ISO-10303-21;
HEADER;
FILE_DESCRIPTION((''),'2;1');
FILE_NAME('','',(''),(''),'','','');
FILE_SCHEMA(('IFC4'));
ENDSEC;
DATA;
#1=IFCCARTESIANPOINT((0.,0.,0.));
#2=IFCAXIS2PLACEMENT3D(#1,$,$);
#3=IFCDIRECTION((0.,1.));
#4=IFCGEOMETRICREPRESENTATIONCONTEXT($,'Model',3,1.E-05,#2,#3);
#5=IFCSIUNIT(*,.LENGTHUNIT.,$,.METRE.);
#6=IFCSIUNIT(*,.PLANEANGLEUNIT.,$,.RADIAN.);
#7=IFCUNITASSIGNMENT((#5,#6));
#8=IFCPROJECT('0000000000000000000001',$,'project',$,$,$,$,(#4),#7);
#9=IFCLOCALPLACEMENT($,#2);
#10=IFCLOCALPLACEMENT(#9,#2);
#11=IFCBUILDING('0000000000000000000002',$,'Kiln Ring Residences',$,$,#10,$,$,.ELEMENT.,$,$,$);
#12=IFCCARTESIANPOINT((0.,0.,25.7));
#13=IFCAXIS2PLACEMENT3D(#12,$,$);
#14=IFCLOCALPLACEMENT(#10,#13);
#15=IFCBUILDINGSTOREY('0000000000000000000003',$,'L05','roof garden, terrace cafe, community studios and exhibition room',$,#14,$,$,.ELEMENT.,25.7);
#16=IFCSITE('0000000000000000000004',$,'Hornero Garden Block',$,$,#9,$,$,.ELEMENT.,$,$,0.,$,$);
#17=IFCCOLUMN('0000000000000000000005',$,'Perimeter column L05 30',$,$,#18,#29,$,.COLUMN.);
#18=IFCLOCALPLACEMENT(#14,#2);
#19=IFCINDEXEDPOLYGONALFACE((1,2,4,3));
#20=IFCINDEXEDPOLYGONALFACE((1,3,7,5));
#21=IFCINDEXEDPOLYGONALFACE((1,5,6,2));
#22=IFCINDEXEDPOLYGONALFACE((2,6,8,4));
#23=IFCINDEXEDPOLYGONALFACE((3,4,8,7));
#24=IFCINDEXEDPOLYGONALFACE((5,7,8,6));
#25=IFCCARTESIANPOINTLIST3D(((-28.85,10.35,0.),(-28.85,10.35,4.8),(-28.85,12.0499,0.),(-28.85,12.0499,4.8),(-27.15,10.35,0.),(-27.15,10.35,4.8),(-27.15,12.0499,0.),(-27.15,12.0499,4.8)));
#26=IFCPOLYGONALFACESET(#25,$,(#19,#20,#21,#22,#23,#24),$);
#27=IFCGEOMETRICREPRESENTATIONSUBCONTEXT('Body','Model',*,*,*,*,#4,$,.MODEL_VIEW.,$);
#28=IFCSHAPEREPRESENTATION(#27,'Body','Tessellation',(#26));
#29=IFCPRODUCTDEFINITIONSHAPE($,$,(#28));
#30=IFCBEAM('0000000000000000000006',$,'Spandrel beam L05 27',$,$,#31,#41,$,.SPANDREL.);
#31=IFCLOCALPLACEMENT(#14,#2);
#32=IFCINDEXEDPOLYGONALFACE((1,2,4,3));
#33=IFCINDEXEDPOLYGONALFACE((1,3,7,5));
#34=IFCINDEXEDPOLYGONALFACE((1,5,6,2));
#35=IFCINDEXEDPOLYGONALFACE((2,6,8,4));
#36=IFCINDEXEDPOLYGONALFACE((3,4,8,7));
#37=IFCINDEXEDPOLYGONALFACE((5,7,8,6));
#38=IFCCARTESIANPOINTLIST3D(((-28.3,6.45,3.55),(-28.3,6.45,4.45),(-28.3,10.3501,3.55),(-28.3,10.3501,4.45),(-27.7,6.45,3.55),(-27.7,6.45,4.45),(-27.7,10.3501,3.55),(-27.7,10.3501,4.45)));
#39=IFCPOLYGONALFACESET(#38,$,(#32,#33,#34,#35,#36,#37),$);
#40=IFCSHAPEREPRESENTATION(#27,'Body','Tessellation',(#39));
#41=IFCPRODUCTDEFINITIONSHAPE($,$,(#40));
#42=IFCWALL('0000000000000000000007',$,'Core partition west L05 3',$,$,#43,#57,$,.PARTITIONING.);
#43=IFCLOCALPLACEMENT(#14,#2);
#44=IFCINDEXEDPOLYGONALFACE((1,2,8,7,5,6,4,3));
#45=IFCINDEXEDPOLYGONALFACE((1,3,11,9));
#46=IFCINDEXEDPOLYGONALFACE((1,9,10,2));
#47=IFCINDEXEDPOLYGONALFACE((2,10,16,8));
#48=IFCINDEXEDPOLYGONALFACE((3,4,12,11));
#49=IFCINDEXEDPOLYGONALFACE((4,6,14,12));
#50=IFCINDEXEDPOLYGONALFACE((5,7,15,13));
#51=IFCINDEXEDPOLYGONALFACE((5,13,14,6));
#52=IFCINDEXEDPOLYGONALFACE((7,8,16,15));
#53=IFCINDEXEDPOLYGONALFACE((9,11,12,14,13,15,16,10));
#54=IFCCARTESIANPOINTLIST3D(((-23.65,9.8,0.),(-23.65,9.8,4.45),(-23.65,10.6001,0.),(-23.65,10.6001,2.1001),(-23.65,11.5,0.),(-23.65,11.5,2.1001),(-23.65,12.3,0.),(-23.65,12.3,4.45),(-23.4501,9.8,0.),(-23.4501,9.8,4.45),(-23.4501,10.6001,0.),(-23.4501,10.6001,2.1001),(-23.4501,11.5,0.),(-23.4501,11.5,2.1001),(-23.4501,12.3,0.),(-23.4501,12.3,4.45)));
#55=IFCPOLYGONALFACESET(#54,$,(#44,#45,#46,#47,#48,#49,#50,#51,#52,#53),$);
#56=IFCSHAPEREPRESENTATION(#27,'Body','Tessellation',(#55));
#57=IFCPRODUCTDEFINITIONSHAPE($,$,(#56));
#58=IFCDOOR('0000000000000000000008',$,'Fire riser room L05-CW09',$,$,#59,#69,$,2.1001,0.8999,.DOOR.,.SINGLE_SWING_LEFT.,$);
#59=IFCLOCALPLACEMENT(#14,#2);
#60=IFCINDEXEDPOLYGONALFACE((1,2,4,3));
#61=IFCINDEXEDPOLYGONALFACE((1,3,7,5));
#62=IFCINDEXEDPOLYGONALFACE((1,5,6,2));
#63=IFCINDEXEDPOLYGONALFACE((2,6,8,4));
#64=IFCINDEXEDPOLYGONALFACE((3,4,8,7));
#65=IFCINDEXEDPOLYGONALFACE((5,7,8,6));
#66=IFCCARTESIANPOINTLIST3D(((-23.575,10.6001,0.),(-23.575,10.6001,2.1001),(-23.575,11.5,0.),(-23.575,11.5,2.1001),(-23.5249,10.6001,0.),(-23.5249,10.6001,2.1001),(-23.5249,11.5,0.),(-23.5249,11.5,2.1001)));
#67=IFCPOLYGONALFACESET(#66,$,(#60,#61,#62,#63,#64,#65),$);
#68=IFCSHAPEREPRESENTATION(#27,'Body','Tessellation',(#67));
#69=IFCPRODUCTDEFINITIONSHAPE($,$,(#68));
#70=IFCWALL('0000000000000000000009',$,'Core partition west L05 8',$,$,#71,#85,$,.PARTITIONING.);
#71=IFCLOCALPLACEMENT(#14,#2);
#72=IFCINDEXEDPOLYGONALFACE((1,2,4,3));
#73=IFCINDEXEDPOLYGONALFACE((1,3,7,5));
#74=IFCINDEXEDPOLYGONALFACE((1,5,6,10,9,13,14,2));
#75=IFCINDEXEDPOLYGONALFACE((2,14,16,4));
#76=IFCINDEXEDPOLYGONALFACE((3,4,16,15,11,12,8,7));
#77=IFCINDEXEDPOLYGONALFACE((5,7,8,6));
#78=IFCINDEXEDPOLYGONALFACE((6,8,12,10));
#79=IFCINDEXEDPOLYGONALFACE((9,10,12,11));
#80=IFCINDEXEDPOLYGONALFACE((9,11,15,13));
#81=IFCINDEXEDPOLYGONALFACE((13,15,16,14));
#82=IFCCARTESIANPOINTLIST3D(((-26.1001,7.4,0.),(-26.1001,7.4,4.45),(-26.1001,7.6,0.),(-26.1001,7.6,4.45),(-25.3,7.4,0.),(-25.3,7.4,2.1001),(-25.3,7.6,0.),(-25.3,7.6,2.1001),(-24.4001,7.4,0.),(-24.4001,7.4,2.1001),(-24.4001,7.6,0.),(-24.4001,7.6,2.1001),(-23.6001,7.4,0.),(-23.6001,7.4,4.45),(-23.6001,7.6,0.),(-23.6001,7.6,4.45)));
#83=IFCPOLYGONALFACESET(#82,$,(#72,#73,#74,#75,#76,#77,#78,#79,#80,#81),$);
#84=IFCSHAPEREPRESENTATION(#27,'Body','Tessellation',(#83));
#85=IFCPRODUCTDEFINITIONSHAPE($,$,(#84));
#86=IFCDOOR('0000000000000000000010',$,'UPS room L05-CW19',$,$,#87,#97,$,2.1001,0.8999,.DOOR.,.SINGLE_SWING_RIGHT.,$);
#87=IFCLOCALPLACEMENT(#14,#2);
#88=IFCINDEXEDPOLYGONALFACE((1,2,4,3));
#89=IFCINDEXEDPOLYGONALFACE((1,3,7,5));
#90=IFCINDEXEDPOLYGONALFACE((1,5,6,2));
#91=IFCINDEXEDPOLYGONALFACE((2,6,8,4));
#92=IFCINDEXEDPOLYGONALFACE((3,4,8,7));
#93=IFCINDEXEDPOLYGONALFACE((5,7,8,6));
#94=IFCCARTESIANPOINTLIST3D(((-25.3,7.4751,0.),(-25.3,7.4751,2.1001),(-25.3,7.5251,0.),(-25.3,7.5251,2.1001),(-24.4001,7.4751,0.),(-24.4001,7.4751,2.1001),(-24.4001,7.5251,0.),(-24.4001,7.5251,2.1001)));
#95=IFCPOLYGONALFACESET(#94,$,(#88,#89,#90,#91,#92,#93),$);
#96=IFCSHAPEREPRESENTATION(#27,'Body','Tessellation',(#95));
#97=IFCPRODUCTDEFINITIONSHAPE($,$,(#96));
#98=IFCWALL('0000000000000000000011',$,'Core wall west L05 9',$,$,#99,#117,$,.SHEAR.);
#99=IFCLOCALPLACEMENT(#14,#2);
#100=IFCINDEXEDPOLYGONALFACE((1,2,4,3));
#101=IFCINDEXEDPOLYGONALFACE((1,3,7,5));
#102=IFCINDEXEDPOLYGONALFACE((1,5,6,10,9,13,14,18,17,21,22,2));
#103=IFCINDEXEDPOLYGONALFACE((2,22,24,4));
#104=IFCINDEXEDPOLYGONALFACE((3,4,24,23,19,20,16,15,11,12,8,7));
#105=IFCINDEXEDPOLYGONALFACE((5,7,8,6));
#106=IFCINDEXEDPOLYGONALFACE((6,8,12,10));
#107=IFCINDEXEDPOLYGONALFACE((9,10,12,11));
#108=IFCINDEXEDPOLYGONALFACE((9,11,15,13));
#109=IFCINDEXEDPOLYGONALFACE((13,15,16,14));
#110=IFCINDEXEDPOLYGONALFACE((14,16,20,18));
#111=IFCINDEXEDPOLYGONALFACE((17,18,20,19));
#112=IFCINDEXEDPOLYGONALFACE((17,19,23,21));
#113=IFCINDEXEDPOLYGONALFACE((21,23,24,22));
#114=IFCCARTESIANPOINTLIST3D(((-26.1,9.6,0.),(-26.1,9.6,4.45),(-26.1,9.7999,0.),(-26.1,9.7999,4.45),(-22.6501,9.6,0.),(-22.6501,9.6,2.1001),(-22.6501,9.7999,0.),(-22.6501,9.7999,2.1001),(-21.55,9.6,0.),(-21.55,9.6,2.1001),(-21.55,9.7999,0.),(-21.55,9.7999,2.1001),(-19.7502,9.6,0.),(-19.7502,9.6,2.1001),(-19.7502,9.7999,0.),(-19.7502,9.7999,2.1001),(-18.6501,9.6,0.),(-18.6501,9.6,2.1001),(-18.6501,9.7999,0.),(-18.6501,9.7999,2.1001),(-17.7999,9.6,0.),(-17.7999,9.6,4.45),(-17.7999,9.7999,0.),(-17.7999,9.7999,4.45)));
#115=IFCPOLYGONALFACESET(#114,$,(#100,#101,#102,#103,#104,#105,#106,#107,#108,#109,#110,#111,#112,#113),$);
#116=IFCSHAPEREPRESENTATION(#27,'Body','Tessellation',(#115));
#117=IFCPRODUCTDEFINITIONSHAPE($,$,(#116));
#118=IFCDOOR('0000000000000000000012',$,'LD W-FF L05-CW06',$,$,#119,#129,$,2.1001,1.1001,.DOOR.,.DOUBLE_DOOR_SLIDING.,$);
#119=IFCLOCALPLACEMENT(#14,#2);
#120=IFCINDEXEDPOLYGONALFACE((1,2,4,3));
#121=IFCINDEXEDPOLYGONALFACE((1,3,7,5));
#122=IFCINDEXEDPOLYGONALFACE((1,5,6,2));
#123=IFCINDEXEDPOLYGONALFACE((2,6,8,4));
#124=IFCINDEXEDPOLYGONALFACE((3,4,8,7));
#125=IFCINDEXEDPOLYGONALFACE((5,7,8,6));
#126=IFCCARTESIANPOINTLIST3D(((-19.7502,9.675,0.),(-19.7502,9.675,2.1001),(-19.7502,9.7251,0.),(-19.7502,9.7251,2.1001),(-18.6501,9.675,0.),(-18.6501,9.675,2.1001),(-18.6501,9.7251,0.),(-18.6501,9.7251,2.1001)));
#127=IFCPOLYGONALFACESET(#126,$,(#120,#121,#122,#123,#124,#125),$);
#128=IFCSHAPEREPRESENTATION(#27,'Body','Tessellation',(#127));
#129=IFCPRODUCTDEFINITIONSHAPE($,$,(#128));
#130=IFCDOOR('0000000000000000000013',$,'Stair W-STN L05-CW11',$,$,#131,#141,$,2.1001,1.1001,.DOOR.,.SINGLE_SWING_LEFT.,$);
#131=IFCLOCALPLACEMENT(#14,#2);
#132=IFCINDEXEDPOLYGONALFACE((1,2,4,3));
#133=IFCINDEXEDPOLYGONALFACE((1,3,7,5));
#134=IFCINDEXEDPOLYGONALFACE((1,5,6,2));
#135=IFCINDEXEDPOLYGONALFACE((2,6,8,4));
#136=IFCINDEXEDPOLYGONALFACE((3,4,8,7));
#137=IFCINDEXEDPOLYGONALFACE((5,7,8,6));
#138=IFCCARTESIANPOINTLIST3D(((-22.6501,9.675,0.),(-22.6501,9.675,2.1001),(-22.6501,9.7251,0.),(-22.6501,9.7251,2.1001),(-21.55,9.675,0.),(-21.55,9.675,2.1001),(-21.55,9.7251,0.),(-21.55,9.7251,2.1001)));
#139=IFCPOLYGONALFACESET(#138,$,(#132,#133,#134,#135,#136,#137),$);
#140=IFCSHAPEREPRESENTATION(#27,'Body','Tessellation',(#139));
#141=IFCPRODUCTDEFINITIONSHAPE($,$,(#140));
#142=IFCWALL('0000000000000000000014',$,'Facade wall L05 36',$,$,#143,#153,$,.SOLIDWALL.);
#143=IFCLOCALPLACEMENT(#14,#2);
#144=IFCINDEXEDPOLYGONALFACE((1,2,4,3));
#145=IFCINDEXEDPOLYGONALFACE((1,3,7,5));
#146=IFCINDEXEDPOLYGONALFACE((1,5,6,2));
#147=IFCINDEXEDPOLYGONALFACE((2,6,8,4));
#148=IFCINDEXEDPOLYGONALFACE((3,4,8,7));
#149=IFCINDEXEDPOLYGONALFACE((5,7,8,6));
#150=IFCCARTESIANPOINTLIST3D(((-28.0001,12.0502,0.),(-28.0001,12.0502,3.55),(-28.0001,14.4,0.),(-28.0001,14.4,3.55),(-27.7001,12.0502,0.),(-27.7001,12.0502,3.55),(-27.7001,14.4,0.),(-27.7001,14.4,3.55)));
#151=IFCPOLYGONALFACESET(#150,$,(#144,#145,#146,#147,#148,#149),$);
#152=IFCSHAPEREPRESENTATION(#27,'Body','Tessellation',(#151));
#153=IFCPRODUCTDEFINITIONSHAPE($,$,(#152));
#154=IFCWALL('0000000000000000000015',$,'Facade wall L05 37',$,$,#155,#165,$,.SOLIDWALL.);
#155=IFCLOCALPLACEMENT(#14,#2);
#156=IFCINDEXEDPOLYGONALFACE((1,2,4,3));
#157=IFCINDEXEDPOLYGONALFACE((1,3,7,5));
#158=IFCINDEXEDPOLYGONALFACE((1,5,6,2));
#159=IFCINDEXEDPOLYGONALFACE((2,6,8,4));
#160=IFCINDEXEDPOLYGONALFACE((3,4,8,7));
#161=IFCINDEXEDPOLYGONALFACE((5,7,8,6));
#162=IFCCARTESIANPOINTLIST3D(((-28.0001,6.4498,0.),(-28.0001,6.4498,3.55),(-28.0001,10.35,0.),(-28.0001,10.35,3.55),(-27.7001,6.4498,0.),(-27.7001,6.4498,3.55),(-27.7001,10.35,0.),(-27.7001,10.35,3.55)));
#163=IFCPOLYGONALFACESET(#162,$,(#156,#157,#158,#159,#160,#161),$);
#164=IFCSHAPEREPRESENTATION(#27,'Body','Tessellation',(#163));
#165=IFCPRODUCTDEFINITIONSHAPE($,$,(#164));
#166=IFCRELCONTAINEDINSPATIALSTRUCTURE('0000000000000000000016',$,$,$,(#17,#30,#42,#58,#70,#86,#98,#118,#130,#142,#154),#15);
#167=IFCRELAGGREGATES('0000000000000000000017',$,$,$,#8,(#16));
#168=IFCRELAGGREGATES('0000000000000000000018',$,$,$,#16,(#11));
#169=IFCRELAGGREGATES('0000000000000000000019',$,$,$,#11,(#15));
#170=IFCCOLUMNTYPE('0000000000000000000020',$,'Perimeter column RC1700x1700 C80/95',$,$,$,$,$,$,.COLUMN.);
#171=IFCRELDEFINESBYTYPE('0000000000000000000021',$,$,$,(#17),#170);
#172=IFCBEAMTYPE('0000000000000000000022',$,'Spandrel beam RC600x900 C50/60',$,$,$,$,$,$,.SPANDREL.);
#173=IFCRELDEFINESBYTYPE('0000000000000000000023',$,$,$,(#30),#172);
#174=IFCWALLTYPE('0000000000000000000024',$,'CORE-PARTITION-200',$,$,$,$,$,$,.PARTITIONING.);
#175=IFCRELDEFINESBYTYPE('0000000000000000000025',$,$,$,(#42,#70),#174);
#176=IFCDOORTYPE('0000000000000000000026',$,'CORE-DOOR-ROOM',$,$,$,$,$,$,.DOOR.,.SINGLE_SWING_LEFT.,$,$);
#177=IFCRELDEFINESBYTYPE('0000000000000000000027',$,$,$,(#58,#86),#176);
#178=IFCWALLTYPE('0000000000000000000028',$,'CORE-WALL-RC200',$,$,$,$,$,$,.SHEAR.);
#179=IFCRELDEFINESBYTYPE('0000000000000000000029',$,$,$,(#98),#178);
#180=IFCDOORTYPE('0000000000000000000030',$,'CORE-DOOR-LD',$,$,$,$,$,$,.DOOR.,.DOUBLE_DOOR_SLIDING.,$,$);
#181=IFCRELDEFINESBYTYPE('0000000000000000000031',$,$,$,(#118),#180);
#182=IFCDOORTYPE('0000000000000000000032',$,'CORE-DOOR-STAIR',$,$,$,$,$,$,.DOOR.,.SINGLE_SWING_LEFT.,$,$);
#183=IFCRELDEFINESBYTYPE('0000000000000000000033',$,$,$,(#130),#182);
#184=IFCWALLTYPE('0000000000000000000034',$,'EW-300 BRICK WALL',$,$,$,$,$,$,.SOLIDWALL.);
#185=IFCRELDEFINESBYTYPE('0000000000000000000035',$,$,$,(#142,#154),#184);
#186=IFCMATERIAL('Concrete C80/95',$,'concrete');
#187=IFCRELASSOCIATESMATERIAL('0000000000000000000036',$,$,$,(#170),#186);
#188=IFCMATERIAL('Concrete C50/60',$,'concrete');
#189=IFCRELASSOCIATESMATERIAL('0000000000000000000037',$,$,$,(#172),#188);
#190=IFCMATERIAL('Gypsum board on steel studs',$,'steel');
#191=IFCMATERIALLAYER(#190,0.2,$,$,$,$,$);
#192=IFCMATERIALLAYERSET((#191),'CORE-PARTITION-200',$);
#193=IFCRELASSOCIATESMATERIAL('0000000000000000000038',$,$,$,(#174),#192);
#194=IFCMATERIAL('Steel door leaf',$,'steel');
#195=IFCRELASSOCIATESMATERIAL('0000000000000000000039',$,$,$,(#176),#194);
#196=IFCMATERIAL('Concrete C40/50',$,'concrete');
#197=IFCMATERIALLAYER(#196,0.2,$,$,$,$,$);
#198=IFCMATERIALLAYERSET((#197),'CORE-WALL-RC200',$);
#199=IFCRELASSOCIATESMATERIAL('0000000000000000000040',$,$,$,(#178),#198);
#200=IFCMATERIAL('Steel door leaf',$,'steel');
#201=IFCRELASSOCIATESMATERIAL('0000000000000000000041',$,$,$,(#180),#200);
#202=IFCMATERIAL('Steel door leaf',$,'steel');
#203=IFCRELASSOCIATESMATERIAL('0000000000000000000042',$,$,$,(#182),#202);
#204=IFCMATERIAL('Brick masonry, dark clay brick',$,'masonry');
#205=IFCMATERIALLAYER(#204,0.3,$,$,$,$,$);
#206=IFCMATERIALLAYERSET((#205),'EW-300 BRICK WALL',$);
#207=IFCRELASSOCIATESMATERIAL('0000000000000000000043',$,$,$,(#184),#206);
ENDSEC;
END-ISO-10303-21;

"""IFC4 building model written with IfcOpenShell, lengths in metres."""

from ifc_helpers import new_model, si_unit, direction, frame, frame_2d, origin, origin_2d, place, context, subcontext, project, spatial, rectangle, extrude, material, layer, layer_set, material_profile, profile_set, type_object, element, fill, save


model = new_model("IFC4")

# Units and contexts
model_context = context("Model", 3, precision=1e-05, world=origin(), true_north=direction((0.0, 1.0)))
body_context = subcontext(model_context, "Body", "Model", "MODEL_VIEW")
ifc_project = project(units=[si_unit("LENGTHUNIT", "METRE"), si_unit("PLANEANGLEUNIT", "RADIAN")], contexts=[model_context])

# Site, building, storey
site_placement = place(None, origin())
site = spatial("IfcSite", under=ifc_project, at=site_placement, Name="Hornero Garden Block", CompositionType="ELEMENT", RefElevation=0.0)
building_placement = place(site_placement, origin())
building = spatial("IfcBuilding", under=site, at=building_placement, Name="Kiln Ring Residences", CompositionType="ELEMENT")
storey_placement = place(building_placement, frame((0.0, 0.0, 25.7)))
storey = spatial("IfcBuildingStorey", under=building, at=storey_placement, Name="L05", Description="roof garden, terrace cafe, community studios and exhibition room", CompositionType="ELEMENT", Elevation=25.7)

# Column
ifc_material_1 = material(Name="Concrete C80/95", Category="concrete")
ifc_material_profile_1 = material_profile(ifc_material_1, rectangle(XDim=1.7, YDim=1.7, at=origin_2d()), Name="RC1700x1700")
ifc_profile_set_1 = profile_set([ifc_material_profile_1], Name="Concrete C80/95")
column_type = type_object("IfcColumnType", Name="Perimeter column RC1700x1700 C80/95", PredefinedType="COLUMN", material=ifc_profile_set_1)
column_placement = place(storey_placement, frame((-28.0, 11.2, 0.0), z_axis=(0.0, 0.0, 1.0), x_axis=(1.0, 0.0, 0.0)))
element("IfcColumn", 1, at=column_placement, inside=storey, type_object=column_type, Name="Perimeter column L05 30", PredefinedType="COLUMN", context=body_context, shape_type="SweptSolid", body=[
    extrude(rectangle(XDim=1.7, YDim=1.7, at=origin_2d()), origin(), (0.0, 0.0, 1.0), 4.8),
])

# Beam
ifc_material_2 = material(Name="Concrete C50/60", Category="concrete")
ifc_material_profile_2 = material_profile(ifc_material_2, rectangle(XDim=0.6001, YDim=0.8999, at=origin_2d()), Name="RC600x900")
ifc_profile_set_2 = profile_set([ifc_material_profile_2], Name="Concrete C50/60")
beam_type = type_object("IfcBeamType", Name="Spandrel beam RC600x900 C50/60", PredefinedType="SPANDREL", material=ifc_profile_set_2)
beam_placement = place(storey_placement, frame((-28.0, 10.3501, 4.0), z_axis=(0.0, -1.0, 0.0), x_axis=(1.0, 0.0, 0.0)))
element("IfcBeam", 2, at=beam_placement, inside=storey, type_object=beam_type, Name="Spandrel beam L05 27", PredefinedType="SPANDREL", context=body_context, shape_type="SweptSolid", body=[
    extrude(rectangle(XDim=0.6001, YDim=0.8999, at=origin_2d()), origin(), (0.0, 0.0, 1.0), 3.9001),
])

# Walls, openings, doors
ifc_material_3 = material(Name="Gypsum board on steel studs", Category="steel")
ifc_layer_1 = layer(ifc_material_3, 0.2)
ifc_layer_set_1 = layer_set([ifc_layer_1], Name="CORE-PARTITION-200")
wall_type_1 = type_object("IfcWallType", Name="CORE-PARTITION-200", PredefinedType="PARTITIONING", material=ifc_layer_set_1)
wall_1_placement = place(storey_placement, frame((-23.55, 9.8, 0.0), z_axis=(0.0, 0.0, 1.0), x_axis=(0.0, 1.0, 0.0)))
wall_1 = element("IfcWall", 3, at=wall_1_placement, inside=storey, type_object=wall_type_1, Name="Core partition west L05 3", PredefinedType="PARTITIONING", context=body_context, shape_type="SweptSolid", body=[
    extrude(rectangle(XDim=2.5, YDim=0.2, at=frame_2d((1.25, 0.0))), origin(), (0.0, 0.0, 1.0), 4.45),
])
opening_1_placement = place(wall_1_placement, frame((0.8, 0.0, 0.0)))
opening_1 = element("IfcOpeningElement", 4, at=opening_1_placement, cuts=wall_1, PredefinedType="OPENING", context=body_context, shape_type="SweptSolid", body=[
    extrude(rectangle(XDim=0.8999, YDim=2.1001, at=frame_2d((0.45, 1.05))), frame((0.0, 0.1099, 0.0), z_axis=(0.0, -1.0, 0.0), x_axis=(1.0, 0.0, 0.0)), (0.0, 0.0, 1.0), 0.22),
])
ifc_material_4 = material(Name="Steel door leaf", Category="steel")
door_type_1 = type_object("IfcDoorType", Name="CORE-DOOR-ROOM", OperationType="SINGLE_SWING_LEFT", PredefinedType="DOOR", material=ifc_material_4)
door_1_placement = place(opening_1_placement, origin())
door_1 = element("IfcDoor", 5, at=door_1_placement, inside=storey, type_object=door_type_1, Name="Fire riser room L05-CW09", OperationType="SINGLE_SWING_LEFT", OverallHeight=2.1001, OverallWidth=0.8999, PredefinedType="DOOR", context=body_context, shape_type="SweptSolid", body=[
    extrude(rectangle(XDim=0.8999, YDim=2.1001, at=frame_2d((0.45, 1.05))), frame((0.0, 0.0249, 0.0), z_axis=(0.0, -1.0, 0.0), x_axis=(1.0, 0.0, 0.0)), (0.0, 0.0, 1.0), 0.05),
])
fill(opening_1, door_1)
wall_2_placement = place(storey_placement, frame((-23.6001, 7.5, 0.0), z_axis=(0.0, 0.0, 1.0), x_axis=(-1.0, 0.0, 0.0)))
wall_2 = element("IfcWall", 6, at=wall_2_placement, inside=storey, type_object=wall_type_1, Name="Core partition west L05 8", PredefinedType="PARTITIONING", context=body_context, shape_type="SweptSolid", body=[
    extrude(rectangle(XDim=2.5, YDim=0.2, at=frame_2d((1.25, 0.0))), origin(), (0.0, 0.0, 1.0), 4.45),
])
opening_2_placement = place(wall_2_placement, frame((0.8, 0.0, 0.0)))
opening_2 = element("IfcOpeningElement", 7, at=opening_2_placement, cuts=wall_2, PredefinedType="OPENING", context=body_context, shape_type="SweptSolid", body=[
    extrude(rectangle(XDim=0.8999, YDim=2.1001, at=frame_2d((0.45, 1.05))), frame((0.0, 0.1099, 0.0), z_axis=(0.0, -1.0, 0.0), x_axis=(1.0, 0.0, 0.0)), (0.0, 0.0, 1.0), 0.22),
])
door_2_placement = place(opening_2_placement, origin())
door_2 = element("IfcDoor", 8, at=door_2_placement, inside=storey, type_object=door_type_1, Name="UPS room L05-CW19", OperationType="SINGLE_SWING_RIGHT", OverallHeight=2.1001, OverallWidth=0.8999, PredefinedType="DOOR", context=body_context, shape_type="SweptSolid", body=[
    extrude(rectangle(XDim=0.8999, YDim=2.1001, at=frame_2d((0.45, 1.05))), frame((0.0, 0.0249, 0.0), z_axis=(0.0, -1.0, 0.0), x_axis=(1.0, 0.0, 0.0)), (0.0, 0.0, 1.0), 0.05),
])
fill(opening_2, door_2)

# Wall, openings, doors
ifc_material_5 = material(Name="Concrete C40/50", Category="concrete")
ifc_layer_2 = layer(ifc_material_5, 0.2)
ifc_layer_set_2 = layer_set([ifc_layer_2], Name="CORE-WALL-RC200")
wall_type_2 = type_object("IfcWallType", Name="CORE-WALL-RC200", PredefinedType="SHEAR", material=ifc_layer_set_2)
wall_3_placement = place(storey_placement, frame((-17.8, 9.7, 0.0), z_axis=(0.0, 0.0, 1.0), x_axis=(-1.0, 0.0, 0.0)))
wall_3 = element("IfcWall", 9, at=wall_3_placement, inside=storey, type_object=wall_type_2, Name="Core wall west L05 9", PredefinedType="SHEAR", context=body_context, shape_type="SweptSolid", body=[
    extrude(rectangle(XDim=8.3, YDim=0.2, at=frame_2d((4.1499, 0.0))), origin(), (0.0, 0.0, 1.0), 4.45),
])
opening_3_placement = place(wall_3_placement, frame((0.8501, 0.0, 0.0)))
opening_3 = element("IfcOpeningElement", 10, at=opening_3_placement, cuts=wall_3, PredefinedType="OPENING", context=body_context, shape_type="SweptSolid", body=[
    extrude(rectangle(XDim=1.1001, YDim=2.1001, at=frame_2d((0.55, 1.05))), frame((0.0, 0.1099, 0.0), z_axis=(0.0, -1.0, 0.0), x_axis=(1.0, 0.0, 0.0)), (0.0, 0.0, 1.0), 0.22),
])
opening_4_placement = place(wall_3_placement, frame((3.75, 0.0, 0.0)))
opening_4 = element("IfcOpeningElement", 11, at=opening_4_placement, cuts=wall_3, PredefinedType="OPENING", context=body_context, shape_type="SweptSolid", body=[
    extrude(rectangle(XDim=1.1001, YDim=2.1001, at=frame_2d((0.55, 1.05))), frame((0.0, 0.1099, 0.0), z_axis=(0.0, -1.0, 0.0), x_axis=(1.0, 0.0, 0.0)), (0.0, 0.0, 1.0), 0.22),
])
ifc_material_6 = material(Name="Steel door leaf", Category="steel")
door_type_2 = type_object("IfcDoorType", Name="CORE-DOOR-LD", OperationType="DOUBLE_DOOR_SLIDING", PredefinedType="DOOR", material=ifc_material_6)
door_3_placement = place(opening_3_placement, origin())
door_3 = element("IfcDoor", 12, at=door_3_placement, inside=storey, type_object=door_type_2, Name="LD W-FF L05-CW06", OperationType="DOUBLE_DOOR_SLIDING", OverallHeight=2.1001, OverallWidth=1.1001, PredefinedType="DOOR", context=body_context, shape_type="SweptSolid", body=[
    extrude(rectangle(XDim=1.1001, YDim=2.1001, at=frame_2d((0.55, 1.05))), frame((0.0, 0.0249, 0.0), z_axis=(0.0, -1.0, 0.0), x_axis=(1.0, 0.0, 0.0)), (0.0, 0.0, 1.0), 0.05),
])
fill(opening_3, door_3)
ifc_material_7 = material(Name="Steel door leaf", Category="steel")
door_type_3 = type_object("IfcDoorType", Name="CORE-DOOR-STAIR", OperationType="SINGLE_SWING_LEFT", PredefinedType="DOOR", material=ifc_material_7)
door_4_placement = place(opening_4_placement, origin())
door_4 = element("IfcDoor", 13, at=door_4_placement, inside=storey, type_object=door_type_3, Name="Stair W-STN L05-CW11", OperationType="SINGLE_SWING_LEFT", OverallHeight=2.1001, OverallWidth=1.1001, PredefinedType="DOOR", context=body_context, shape_type="SweptSolid", body=[
    extrude(rectangle(XDim=1.1001, YDim=2.1001, at=frame_2d((0.55, 1.05))), frame((0.0, 0.0249, 0.0), z_axis=(0.0, -1.0, 0.0), x_axis=(1.0, 0.0, 0.0)), (0.0, 0.0, 1.0), 0.05),
])
fill(opening_4, door_4)

# Walls
ifc_material_8 = material(Name="Brick masonry, dark clay brick", Category="masonry")
ifc_layer_3 = layer(ifc_material_8, 0.3)
ifc_layer_set_3 = layer_set([ifc_layer_3], Name="EW-300 BRICK WALL")
wall_type_3 = type_object("IfcWallType", Name="EW-300 BRICK WALL", PredefinedType="SOLIDWALL", material=ifc_layer_set_3)
wall_4_placement = place(storey_placement, frame((-27.8501, 14.3999, 0.0), z_axis=(0.0, 0.0, 1.0), x_axis=(0.0, -1.0, 0.0)))
element("IfcWall", 14, at=wall_4_placement, inside=storey, type_object=wall_type_3, Name="Facade wall L05 36", PredefinedType="SOLIDWALL", context=body_context, shape_type="SweptSolid", body=[
    extrude(rectangle(XDim=2.3499, YDim=0.3, at=frame_2d((1.1748, 0.0))), origin(), (0.0, 0.0, 1.0), 3.55),
])
wall_5_placement = place(storey_placement, frame((-27.8501, 10.3501, 0.0), z_axis=(0.0, 0.0, 1.0), x_axis=(0.0, -1.0, 0.0)))
element("IfcWall", 15, at=wall_5_placement, inside=storey, type_object=wall_type_3, Name="Facade wall L05 37", PredefinedType="SOLIDWALL", context=body_context, shape_type="SweptSolid", body=[
    extrude(rectangle(XDim=3.9001, YDim=0.3, at=frame_2d((1.9502, 0.0))), origin(), (0.0, 0.0, 1.0), 3.55),
])

save(model, "model.ifc")
